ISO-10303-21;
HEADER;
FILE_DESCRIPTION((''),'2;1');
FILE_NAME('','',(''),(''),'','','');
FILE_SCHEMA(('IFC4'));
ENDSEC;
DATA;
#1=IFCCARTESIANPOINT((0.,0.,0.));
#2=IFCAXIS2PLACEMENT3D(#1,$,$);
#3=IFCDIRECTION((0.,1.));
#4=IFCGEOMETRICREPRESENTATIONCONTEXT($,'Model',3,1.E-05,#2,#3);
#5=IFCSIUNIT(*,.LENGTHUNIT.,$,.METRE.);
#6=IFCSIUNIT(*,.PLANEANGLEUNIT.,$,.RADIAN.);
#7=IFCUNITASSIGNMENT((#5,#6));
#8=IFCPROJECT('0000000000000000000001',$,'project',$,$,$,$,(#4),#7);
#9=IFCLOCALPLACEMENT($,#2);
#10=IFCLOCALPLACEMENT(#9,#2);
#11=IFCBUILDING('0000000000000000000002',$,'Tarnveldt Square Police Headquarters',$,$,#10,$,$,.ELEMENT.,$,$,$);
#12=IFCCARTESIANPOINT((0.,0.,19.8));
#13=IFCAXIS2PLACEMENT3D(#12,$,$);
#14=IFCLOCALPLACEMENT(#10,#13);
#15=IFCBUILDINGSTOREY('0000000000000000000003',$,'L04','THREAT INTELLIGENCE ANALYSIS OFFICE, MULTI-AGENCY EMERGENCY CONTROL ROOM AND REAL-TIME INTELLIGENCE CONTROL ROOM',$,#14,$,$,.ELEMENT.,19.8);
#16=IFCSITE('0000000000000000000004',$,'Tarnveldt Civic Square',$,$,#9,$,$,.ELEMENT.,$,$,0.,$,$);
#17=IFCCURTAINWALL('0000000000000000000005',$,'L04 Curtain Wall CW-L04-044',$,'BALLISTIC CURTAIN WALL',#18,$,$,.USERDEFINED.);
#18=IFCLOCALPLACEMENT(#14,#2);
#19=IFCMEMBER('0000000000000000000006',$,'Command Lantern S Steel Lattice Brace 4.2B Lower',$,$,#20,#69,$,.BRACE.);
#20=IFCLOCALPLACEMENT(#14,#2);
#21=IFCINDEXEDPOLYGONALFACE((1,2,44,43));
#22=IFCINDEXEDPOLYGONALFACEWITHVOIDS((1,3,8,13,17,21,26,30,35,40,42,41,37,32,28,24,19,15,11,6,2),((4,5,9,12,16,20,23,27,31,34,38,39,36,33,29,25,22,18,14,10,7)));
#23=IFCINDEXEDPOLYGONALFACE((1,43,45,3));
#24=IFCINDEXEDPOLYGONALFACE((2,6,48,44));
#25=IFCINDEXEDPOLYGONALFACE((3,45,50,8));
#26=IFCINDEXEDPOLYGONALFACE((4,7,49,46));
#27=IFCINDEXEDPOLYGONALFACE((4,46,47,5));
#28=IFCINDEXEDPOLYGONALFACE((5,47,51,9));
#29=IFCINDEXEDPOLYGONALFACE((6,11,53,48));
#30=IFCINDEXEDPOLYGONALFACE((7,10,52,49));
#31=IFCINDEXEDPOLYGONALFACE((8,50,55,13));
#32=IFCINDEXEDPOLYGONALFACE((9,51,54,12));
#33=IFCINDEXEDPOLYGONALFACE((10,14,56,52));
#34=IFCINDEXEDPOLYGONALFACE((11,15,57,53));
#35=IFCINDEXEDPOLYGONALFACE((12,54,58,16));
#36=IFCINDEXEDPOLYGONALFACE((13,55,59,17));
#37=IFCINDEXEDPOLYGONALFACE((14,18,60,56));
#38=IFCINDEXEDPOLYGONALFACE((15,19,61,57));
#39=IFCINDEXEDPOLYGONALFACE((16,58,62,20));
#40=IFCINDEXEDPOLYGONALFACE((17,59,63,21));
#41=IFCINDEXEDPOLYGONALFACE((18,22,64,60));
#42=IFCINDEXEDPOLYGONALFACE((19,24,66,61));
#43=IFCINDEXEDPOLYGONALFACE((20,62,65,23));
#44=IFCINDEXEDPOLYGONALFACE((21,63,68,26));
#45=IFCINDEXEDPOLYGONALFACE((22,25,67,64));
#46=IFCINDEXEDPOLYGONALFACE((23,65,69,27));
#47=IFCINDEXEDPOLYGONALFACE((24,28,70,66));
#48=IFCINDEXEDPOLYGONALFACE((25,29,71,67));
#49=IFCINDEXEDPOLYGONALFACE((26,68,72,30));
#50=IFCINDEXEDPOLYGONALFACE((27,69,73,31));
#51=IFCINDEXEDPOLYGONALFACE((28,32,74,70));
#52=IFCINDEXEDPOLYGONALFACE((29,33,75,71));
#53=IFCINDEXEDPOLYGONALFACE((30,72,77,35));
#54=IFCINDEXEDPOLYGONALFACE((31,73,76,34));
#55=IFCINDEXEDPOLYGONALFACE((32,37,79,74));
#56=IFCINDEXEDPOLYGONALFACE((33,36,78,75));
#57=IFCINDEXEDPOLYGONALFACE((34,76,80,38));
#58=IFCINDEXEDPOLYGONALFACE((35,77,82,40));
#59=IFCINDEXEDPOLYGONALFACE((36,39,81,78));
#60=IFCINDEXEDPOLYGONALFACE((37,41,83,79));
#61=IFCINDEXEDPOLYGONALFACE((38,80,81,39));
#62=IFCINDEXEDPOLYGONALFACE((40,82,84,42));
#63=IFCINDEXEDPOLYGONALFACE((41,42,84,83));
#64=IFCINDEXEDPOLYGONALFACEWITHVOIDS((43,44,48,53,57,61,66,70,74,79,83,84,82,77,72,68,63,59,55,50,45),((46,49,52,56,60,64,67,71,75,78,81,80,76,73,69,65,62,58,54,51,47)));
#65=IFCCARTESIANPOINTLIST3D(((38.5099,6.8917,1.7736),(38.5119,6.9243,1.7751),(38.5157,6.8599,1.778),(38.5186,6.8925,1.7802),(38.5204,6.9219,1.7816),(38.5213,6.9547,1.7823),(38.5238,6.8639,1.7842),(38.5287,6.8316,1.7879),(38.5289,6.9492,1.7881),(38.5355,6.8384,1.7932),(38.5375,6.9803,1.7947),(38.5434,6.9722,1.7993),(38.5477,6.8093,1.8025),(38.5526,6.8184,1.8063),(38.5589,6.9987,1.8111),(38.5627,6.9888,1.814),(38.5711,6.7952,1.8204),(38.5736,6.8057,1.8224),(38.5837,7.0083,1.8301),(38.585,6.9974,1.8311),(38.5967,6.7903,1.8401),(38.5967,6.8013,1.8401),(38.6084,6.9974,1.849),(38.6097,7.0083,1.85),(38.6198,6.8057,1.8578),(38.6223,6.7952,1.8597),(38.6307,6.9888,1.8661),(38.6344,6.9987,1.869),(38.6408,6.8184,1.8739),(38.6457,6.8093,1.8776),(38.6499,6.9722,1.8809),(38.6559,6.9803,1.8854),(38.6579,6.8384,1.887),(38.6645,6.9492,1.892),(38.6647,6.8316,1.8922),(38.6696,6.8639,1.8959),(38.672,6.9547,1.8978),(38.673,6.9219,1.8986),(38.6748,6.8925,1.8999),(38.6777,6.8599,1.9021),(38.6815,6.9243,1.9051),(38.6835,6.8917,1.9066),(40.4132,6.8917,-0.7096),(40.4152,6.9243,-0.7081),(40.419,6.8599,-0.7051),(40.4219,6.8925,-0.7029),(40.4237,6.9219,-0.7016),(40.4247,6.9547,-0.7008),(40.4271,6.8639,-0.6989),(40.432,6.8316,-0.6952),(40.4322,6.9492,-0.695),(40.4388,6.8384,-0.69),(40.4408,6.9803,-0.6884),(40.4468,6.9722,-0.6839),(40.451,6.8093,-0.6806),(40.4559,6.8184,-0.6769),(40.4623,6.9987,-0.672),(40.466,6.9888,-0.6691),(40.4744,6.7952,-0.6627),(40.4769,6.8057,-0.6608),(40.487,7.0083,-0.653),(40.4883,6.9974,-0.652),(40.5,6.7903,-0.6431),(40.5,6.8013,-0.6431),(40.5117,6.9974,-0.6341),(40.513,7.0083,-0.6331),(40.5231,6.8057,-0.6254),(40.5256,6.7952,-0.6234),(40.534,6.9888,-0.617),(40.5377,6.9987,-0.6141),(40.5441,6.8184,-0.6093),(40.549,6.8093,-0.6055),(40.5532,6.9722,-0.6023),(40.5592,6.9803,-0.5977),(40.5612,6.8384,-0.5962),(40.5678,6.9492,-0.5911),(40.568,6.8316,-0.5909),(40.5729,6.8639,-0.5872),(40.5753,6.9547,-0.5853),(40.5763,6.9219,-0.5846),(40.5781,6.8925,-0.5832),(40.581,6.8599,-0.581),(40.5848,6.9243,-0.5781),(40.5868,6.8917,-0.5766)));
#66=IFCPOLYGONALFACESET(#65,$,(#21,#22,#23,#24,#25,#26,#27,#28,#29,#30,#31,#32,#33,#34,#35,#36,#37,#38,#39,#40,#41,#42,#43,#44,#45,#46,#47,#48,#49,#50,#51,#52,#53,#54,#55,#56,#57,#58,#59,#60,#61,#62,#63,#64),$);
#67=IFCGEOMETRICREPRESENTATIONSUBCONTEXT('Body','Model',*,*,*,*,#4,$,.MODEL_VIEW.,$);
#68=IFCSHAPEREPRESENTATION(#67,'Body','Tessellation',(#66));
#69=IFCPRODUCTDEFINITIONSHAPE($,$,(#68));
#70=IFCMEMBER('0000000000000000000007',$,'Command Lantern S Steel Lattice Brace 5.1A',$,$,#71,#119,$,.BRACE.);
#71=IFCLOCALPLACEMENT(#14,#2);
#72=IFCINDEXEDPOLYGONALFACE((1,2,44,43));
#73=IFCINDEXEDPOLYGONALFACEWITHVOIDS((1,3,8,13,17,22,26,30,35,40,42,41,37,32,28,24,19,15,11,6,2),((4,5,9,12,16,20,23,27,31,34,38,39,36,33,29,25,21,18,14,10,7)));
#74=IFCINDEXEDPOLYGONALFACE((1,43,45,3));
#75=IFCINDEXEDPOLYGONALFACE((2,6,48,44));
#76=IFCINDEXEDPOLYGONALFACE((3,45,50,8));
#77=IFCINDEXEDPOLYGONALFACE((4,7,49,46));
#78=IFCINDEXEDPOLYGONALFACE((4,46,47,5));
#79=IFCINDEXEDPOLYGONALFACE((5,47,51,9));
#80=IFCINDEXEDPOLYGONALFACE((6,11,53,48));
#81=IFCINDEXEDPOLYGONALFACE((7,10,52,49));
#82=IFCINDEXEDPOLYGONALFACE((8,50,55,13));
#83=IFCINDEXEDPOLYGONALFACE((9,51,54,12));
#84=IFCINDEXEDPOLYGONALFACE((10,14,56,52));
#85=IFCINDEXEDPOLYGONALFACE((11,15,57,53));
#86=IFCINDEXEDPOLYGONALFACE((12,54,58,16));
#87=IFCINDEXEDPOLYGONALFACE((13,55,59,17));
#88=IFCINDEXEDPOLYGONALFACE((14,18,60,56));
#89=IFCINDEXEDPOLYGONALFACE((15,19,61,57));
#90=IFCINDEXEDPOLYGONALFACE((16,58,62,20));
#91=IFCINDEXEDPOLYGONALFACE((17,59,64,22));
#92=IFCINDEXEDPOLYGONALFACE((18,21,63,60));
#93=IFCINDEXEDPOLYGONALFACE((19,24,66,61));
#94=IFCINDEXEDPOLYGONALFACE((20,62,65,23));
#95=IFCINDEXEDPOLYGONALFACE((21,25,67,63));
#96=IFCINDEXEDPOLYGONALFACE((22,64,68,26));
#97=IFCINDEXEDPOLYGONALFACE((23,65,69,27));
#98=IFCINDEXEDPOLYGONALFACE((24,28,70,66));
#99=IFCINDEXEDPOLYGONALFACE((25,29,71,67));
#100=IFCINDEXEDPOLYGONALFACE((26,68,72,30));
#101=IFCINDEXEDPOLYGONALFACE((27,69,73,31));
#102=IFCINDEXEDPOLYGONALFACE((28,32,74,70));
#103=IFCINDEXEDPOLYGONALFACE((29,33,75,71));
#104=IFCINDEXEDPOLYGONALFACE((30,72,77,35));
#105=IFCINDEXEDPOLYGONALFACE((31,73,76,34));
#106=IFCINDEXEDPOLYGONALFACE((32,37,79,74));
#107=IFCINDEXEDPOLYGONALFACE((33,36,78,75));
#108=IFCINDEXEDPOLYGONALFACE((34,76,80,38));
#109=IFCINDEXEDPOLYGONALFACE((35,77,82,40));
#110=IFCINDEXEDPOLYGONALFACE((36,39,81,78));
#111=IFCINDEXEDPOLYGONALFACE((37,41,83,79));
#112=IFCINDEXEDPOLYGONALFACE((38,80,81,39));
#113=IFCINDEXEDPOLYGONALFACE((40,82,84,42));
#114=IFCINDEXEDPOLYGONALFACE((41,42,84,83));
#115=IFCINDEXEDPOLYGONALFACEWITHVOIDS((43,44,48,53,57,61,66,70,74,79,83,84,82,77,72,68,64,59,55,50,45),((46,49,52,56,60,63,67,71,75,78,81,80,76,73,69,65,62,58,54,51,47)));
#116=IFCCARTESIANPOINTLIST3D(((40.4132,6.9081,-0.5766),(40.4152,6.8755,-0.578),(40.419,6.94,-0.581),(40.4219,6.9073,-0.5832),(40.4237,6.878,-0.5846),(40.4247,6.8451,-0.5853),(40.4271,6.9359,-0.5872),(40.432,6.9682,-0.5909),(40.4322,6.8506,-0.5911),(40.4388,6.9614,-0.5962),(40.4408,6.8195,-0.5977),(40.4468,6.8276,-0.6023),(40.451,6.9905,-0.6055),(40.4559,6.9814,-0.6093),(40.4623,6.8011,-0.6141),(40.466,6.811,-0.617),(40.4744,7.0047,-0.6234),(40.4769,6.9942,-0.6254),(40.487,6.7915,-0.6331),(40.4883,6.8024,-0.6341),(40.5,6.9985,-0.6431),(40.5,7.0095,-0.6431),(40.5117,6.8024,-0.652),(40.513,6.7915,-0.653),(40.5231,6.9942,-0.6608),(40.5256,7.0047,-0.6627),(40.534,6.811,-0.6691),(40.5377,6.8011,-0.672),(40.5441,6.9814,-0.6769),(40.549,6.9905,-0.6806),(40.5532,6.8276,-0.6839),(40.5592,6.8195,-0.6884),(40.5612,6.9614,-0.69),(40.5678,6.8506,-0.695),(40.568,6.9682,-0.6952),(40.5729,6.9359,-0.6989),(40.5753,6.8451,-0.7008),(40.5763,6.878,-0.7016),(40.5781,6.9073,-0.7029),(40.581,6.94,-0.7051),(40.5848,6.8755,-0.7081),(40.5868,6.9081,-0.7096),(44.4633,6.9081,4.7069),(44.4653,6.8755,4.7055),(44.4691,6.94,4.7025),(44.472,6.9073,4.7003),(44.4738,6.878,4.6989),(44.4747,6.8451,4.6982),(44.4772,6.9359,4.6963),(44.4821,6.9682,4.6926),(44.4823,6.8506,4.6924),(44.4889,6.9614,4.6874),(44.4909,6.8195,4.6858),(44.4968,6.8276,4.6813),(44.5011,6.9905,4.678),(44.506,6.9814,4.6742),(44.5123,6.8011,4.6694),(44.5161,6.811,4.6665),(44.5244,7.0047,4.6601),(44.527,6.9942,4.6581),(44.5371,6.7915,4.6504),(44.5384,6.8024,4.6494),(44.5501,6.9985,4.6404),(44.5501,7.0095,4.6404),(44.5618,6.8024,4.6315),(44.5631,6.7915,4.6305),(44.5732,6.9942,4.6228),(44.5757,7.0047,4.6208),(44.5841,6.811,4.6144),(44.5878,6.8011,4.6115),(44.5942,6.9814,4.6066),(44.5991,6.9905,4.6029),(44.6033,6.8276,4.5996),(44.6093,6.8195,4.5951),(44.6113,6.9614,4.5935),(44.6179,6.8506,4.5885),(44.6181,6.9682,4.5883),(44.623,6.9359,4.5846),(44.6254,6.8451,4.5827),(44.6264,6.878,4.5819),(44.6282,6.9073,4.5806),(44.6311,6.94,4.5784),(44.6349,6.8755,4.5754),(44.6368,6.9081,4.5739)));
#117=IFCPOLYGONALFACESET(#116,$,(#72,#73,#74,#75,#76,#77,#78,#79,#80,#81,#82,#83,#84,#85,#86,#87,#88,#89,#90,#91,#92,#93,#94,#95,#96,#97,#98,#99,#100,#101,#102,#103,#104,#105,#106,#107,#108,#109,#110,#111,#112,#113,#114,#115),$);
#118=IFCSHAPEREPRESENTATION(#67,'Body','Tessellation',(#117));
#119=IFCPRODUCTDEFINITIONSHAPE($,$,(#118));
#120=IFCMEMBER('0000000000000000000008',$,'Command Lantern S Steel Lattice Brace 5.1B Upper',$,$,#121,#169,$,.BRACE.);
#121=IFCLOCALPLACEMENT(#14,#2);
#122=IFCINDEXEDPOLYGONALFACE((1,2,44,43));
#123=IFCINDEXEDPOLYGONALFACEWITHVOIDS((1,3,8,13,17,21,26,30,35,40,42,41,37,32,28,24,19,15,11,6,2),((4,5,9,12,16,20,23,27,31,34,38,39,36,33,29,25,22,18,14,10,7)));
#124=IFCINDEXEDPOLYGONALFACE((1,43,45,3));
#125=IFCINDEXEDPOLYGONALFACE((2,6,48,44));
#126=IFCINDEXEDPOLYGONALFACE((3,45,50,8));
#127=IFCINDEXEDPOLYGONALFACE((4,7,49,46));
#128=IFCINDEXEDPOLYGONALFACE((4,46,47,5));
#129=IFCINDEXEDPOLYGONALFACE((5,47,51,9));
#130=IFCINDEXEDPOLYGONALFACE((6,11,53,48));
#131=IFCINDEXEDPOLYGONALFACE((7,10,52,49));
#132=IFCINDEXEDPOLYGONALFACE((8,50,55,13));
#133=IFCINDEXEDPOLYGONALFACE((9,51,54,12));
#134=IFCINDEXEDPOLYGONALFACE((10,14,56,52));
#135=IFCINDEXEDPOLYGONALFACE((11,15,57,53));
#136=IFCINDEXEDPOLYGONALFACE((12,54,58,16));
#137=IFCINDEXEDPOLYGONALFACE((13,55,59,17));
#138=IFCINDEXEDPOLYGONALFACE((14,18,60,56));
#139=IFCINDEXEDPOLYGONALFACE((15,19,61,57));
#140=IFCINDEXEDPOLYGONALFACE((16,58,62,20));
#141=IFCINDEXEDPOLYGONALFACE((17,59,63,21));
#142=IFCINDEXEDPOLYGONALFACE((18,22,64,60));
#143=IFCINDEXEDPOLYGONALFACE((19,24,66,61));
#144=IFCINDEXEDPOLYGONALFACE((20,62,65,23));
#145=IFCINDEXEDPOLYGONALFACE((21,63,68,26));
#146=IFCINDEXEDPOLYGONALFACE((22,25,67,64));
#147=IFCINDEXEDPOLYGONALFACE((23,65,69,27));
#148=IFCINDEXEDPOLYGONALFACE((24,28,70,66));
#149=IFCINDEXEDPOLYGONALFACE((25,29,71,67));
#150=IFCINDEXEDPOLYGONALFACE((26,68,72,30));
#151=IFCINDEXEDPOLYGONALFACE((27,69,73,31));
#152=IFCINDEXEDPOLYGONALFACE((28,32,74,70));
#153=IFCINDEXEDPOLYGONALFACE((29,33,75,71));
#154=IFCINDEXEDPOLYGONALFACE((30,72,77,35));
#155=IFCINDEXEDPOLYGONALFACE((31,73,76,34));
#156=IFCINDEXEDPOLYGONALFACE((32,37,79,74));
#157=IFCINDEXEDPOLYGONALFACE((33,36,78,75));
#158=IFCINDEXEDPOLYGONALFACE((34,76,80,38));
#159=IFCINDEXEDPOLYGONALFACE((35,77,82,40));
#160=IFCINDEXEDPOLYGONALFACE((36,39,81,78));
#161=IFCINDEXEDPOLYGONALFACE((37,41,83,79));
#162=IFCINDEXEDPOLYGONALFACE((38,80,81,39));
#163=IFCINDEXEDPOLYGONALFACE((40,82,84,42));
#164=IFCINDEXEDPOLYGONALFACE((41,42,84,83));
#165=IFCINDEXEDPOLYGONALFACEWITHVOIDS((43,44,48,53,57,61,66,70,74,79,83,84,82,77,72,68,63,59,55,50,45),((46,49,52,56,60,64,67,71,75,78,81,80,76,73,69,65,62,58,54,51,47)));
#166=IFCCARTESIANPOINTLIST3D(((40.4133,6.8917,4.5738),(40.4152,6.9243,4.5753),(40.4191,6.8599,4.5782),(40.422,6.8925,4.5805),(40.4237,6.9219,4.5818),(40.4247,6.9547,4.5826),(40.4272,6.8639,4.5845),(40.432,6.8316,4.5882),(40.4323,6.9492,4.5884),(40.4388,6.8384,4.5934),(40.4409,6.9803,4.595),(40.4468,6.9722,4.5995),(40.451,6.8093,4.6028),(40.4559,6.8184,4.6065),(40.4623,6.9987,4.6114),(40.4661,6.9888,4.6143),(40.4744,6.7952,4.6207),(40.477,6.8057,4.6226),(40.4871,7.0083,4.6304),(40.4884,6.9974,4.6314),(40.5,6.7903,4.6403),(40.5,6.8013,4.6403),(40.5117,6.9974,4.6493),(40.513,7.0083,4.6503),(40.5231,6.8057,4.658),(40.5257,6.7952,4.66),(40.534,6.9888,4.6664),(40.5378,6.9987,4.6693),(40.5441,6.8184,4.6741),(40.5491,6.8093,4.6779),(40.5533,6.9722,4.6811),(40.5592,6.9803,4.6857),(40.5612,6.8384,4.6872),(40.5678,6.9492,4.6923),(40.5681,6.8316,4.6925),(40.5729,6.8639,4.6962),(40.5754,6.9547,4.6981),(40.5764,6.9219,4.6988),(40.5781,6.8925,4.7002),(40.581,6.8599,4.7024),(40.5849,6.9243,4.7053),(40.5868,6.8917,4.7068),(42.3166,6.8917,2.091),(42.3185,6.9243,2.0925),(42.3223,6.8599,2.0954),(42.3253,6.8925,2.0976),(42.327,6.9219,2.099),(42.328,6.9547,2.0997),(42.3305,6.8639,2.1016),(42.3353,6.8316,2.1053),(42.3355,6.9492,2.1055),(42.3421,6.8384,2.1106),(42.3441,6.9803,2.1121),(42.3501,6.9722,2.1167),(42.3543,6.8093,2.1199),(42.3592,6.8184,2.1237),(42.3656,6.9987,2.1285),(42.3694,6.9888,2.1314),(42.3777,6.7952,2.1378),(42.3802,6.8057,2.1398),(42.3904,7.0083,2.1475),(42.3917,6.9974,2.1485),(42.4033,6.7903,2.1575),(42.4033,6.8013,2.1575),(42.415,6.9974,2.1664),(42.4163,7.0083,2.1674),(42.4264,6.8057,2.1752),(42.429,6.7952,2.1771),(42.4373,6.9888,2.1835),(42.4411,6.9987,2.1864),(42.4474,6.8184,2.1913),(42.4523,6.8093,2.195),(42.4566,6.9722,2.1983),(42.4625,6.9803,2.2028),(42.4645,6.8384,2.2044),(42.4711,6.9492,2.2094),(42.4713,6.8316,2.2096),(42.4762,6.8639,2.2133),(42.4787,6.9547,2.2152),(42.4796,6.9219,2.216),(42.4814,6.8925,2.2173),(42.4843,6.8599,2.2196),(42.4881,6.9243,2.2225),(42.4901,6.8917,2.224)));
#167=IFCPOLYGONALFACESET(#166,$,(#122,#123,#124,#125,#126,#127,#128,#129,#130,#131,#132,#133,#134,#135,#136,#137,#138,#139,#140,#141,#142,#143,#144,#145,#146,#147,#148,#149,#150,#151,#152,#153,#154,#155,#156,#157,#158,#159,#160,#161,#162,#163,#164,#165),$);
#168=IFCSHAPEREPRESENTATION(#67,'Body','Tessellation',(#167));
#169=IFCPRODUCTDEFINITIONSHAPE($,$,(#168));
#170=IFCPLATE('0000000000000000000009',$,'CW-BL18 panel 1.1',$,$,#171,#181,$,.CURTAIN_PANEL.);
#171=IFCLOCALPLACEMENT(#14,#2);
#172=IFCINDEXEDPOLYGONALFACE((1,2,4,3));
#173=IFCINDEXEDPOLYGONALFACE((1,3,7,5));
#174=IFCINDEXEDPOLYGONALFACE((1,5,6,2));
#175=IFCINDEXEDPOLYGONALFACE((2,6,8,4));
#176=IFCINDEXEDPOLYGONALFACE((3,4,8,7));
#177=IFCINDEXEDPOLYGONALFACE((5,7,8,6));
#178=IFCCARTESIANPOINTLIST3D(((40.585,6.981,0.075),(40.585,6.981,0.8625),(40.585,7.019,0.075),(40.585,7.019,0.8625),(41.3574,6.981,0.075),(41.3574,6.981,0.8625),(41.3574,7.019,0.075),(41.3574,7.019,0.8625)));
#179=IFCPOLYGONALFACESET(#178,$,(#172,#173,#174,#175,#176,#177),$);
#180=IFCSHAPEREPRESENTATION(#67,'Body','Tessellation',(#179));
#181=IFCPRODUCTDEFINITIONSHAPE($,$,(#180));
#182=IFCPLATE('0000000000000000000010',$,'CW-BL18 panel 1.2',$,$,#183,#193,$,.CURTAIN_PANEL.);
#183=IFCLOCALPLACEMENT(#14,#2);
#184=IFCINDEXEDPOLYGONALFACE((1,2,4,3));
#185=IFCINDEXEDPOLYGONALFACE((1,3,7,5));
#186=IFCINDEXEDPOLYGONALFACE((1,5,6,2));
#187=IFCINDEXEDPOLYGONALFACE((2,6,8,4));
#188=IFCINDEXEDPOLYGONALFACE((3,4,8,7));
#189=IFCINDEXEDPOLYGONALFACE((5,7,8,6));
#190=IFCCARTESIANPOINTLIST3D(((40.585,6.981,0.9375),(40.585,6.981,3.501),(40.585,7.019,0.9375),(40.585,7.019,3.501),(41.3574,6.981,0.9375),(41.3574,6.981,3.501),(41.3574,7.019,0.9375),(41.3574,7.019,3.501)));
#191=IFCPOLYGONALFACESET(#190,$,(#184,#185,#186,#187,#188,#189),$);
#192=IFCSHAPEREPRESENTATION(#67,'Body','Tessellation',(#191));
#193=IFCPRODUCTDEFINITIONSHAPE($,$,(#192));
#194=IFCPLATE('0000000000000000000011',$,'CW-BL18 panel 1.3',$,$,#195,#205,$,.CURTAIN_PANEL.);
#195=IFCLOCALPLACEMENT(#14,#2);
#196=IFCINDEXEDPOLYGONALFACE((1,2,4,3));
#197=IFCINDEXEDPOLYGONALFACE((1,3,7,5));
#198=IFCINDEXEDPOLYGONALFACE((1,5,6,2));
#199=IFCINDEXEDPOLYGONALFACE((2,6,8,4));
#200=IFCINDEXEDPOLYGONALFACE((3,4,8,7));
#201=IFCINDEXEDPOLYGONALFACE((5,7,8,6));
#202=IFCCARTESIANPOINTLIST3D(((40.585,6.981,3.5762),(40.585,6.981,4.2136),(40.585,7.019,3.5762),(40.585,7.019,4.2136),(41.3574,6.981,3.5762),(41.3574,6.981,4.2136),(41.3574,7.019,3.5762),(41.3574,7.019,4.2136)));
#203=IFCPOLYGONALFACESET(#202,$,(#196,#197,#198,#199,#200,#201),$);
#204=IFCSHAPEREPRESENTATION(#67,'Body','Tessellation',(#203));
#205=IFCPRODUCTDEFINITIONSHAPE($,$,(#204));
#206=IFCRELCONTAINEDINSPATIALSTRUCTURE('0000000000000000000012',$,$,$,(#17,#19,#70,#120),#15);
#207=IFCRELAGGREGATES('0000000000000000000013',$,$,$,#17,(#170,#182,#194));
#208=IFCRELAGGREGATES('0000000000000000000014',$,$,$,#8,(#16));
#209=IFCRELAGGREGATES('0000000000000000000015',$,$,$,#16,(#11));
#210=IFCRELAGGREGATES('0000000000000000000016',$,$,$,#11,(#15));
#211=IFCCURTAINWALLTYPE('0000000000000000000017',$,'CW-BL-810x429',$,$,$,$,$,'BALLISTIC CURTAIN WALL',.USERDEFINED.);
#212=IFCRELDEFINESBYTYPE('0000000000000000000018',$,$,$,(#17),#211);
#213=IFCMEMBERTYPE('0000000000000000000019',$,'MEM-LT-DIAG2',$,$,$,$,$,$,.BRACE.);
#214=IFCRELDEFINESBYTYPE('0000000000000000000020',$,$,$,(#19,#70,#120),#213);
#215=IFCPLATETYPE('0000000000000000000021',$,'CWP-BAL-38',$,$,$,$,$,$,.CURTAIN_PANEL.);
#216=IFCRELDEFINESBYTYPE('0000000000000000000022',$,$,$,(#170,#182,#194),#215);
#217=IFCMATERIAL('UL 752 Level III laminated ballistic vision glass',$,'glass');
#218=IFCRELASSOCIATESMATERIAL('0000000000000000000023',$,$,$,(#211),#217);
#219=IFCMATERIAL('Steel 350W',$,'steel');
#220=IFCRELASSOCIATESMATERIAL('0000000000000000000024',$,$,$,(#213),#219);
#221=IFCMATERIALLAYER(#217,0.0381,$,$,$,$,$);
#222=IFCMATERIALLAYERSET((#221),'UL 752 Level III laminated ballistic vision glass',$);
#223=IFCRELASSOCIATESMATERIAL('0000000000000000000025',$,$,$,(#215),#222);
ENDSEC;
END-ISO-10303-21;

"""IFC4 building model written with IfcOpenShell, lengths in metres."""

from ifc_helpers import new_model, si_unit, direction, frame, origin, origin_2d, place, context, subcontext, project, spatial, rectangle, hollow_circle, extrude, material, layer, layer_set, material_profile, profile_set, type_object, element, aggregate, save


model = new_model("IFC4")

# Units and contexts
model_context = context("Model", 3, precision=1e-05, world=origin(), true_north=direction((0.0, 1.0)))
body_context = subcontext(model_context, "Body", "Model", "MODEL_VIEW")
ifc_project = project(units=[si_unit("LENGTHUNIT", "METRE"), si_unit("PLANEANGLEUNIT", "RADIAN")], contexts=[model_context])

# Site, building, storey
site_placement = place(None, origin())
site = spatial("IfcSite", under=ifc_project, at=site_placement, Name="Tarnveldt Civic Square", CompositionType="ELEMENT", RefElevation=0.0)
building_placement = place(site_placement, origin())
building = spatial("IfcBuilding", under=site, at=building_placement, Name="Tarnveldt Square Police Headquarters", CompositionType="ELEMENT")
storey_placement = place(building_placement, frame((0.0, 0.0, 19.8)))
storey = spatial("IfcBuildingStorey", under=building, at=storey_placement, Name="L04", Description="THREAT INTELLIGENCE ANALYSIS OFFICE, MULTI-AGENCY EMERGENCY CONTROL ROOM AND REAL-TIME INTELLIGENCE CONTROL ROOM", CompositionType="ELEMENT", Elevation=19.8)

# Shared definitions
ifc_material_1 = material(Name="Steel 350W", Category="steel")

# Curtain wall
ifc_material_2 = material(Name="UL 752 Level III laminated ballistic vision glass", Category="glass")
curtain_wall_type = type_object("IfcCurtainWallType", Name="CW-BL-810x429", ElementType="BALLISTIC CURTAIN WALL", PredefinedType="USERDEFINED", material=ifc_material_2)
curtain_wall_placement = place(storey_placement, origin())
curtain_wall = element("IfcCurtainWall", 1, at=curtain_wall_placement, inside=storey, type_object=curtain_wall_type, Name="L04 Curtain Wall CW-L04-044", ObjectType="BALLISTIC CURTAIN WALL", PredefinedType="USERDEFINED")

# Members
ifc_material_profile_1 = material_profile(ifc_material_1, hollow_circle(Radius=0.1096, WallThickness=0.011, at=origin_2d()), Name="HSS219x11")
ifc_profile_set_1 = profile_set([ifc_material_profile_1], Name="Steel 350W")
member_type_1 = type_object("IfcMemberType", Name="MEM-LT-DIAG2", PredefinedType="BRACE", material=ifc_profile_set_1)
member_1_placement = place(storey_placement, frame((40.5, 6.8999, -0.6431), z_axis=(-0.608345, 0.0, 0.793673), x_axis=(0.0, -1.0, 0.0)))
element("IfcMember", 2, at=member_1_placement, inside=storey, type_object=member_type_1, Name="Command Lantern S Steel Lattice Brace 4.2B Lower", PredefinedType="BRACE", context=body_context, shape_type="SweptSolid", body=[
    extrude(hollow_circle(Radius=0.1096, WallThickness=0.011, at=origin_2d()), origin(), (0.0, 0.0, 1.0), 3.1287),
])
member_2_placement = place(storey_placement, frame((40.5, 6.8999, -0.6431), z_axis=(0.608375, 0.0, 0.793649), x_axis=(0.0, 1.0, 0.0)))
element("IfcMember", 3, at=member_2_placement, inside=storey, type_object=member_type_1, Name="Command Lantern S Steel Lattice Brace 5.1A", PredefinedType="BRACE", context=body_context, shape_type="SweptSolid", body=[
    extrude(hollow_circle(Radius=0.1096, WallThickness=0.011, at=origin_2d()), origin(), (0.0, 0.0, 1.0), 6.6572),
])
member_3_placement = place(storey_placement, frame((42.4033, 6.8999, 2.1575), z_axis=(-0.608382, 0.0, 0.793644), x_axis=(0.0, -1.0, 0.0)))
element("IfcMember", 4, at=member_3_placement, inside=storey, type_object=member_type_1, Name="Command Lantern S Steel Lattice Brace 5.1B Upper", PredefinedType="BRACE", context=body_context, shape_type="SweptSolid", body=[
    extrude(hollow_circle(Radius=0.1096, WallThickness=0.011, at=origin_2d()), origin(), (0.0, 0.0, 1.0), 3.1284),
])

# Plates
ifc_layer_1 = layer(ifc_material_2, 0.0381)
ifc_layer_set_1 = layer_set([ifc_layer_1], Name="UL 752 Level III laminated ballistic vision glass")
plate_type_1 = type_object("IfcPlateType", Name="CWP-BAL-38", PredefinedType="CURTAIN_PANEL", material=ifc_layer_set_1)
plate_1_placement = place(storey_placement, frame((40.9712, 7.0, 0.075), z_axis=(0.0, 0.0, 1.0), x_axis=(1.0, 0.0, 0.0)))
plate_1 = element("IfcPlate", 5, at=plate_1_placement, type_object=plate_type_1, Name="CW-BL18 panel 1.1", PredefinedType="CURTAIN_PANEL", context=body_context, shape_type="SweptSolid", body=[
    extrude(rectangle(XDim=0.7725, YDim=0.0381, at=origin_2d()), origin(), (0.0, 0.0, 1.0), 0.7876),
])
plate_2_placement = place(storey_placement, frame((40.9712, 7.0, 0.9375), z_axis=(0.0, 0.0, 1.0), x_axis=(1.0, 0.0, 0.0)))
plate_2 = element("IfcPlate", 6, at=plate_2_placement, type_object=plate_type_1, Name="CW-BL18 panel 1.2", PredefinedType="CURTAIN_PANEL", context=body_context, shape_type="SweptSolid", body=[
    extrude(rectangle(XDim=0.7725, YDim=0.0381, at=origin_2d()), origin(), (0.0, 0.0, 1.0), 2.5635),
])
plate_3_placement = place(storey_placement, frame((40.9712, 7.0, 3.5762), z_axis=(0.0, 0.0, 1.0), x_axis=(1.0, 0.0, 0.0)))
plate_3 = element("IfcPlate", 7, at=plate_3_placement, type_object=plate_type_1, Name="CW-BL18 panel 1.3", PredefinedType="CURTAIN_PANEL", context=body_context, shape_type="SweptSolid", body=[
    extrude(rectangle(XDim=0.7725, YDim=0.0381, at=origin_2d()), origin(), (0.0, 0.0, 1.0), 0.6375),
])
aggregate(curtain_wall, [plate_1, plate_2, plate_3])

save(model, "model.ifc")
